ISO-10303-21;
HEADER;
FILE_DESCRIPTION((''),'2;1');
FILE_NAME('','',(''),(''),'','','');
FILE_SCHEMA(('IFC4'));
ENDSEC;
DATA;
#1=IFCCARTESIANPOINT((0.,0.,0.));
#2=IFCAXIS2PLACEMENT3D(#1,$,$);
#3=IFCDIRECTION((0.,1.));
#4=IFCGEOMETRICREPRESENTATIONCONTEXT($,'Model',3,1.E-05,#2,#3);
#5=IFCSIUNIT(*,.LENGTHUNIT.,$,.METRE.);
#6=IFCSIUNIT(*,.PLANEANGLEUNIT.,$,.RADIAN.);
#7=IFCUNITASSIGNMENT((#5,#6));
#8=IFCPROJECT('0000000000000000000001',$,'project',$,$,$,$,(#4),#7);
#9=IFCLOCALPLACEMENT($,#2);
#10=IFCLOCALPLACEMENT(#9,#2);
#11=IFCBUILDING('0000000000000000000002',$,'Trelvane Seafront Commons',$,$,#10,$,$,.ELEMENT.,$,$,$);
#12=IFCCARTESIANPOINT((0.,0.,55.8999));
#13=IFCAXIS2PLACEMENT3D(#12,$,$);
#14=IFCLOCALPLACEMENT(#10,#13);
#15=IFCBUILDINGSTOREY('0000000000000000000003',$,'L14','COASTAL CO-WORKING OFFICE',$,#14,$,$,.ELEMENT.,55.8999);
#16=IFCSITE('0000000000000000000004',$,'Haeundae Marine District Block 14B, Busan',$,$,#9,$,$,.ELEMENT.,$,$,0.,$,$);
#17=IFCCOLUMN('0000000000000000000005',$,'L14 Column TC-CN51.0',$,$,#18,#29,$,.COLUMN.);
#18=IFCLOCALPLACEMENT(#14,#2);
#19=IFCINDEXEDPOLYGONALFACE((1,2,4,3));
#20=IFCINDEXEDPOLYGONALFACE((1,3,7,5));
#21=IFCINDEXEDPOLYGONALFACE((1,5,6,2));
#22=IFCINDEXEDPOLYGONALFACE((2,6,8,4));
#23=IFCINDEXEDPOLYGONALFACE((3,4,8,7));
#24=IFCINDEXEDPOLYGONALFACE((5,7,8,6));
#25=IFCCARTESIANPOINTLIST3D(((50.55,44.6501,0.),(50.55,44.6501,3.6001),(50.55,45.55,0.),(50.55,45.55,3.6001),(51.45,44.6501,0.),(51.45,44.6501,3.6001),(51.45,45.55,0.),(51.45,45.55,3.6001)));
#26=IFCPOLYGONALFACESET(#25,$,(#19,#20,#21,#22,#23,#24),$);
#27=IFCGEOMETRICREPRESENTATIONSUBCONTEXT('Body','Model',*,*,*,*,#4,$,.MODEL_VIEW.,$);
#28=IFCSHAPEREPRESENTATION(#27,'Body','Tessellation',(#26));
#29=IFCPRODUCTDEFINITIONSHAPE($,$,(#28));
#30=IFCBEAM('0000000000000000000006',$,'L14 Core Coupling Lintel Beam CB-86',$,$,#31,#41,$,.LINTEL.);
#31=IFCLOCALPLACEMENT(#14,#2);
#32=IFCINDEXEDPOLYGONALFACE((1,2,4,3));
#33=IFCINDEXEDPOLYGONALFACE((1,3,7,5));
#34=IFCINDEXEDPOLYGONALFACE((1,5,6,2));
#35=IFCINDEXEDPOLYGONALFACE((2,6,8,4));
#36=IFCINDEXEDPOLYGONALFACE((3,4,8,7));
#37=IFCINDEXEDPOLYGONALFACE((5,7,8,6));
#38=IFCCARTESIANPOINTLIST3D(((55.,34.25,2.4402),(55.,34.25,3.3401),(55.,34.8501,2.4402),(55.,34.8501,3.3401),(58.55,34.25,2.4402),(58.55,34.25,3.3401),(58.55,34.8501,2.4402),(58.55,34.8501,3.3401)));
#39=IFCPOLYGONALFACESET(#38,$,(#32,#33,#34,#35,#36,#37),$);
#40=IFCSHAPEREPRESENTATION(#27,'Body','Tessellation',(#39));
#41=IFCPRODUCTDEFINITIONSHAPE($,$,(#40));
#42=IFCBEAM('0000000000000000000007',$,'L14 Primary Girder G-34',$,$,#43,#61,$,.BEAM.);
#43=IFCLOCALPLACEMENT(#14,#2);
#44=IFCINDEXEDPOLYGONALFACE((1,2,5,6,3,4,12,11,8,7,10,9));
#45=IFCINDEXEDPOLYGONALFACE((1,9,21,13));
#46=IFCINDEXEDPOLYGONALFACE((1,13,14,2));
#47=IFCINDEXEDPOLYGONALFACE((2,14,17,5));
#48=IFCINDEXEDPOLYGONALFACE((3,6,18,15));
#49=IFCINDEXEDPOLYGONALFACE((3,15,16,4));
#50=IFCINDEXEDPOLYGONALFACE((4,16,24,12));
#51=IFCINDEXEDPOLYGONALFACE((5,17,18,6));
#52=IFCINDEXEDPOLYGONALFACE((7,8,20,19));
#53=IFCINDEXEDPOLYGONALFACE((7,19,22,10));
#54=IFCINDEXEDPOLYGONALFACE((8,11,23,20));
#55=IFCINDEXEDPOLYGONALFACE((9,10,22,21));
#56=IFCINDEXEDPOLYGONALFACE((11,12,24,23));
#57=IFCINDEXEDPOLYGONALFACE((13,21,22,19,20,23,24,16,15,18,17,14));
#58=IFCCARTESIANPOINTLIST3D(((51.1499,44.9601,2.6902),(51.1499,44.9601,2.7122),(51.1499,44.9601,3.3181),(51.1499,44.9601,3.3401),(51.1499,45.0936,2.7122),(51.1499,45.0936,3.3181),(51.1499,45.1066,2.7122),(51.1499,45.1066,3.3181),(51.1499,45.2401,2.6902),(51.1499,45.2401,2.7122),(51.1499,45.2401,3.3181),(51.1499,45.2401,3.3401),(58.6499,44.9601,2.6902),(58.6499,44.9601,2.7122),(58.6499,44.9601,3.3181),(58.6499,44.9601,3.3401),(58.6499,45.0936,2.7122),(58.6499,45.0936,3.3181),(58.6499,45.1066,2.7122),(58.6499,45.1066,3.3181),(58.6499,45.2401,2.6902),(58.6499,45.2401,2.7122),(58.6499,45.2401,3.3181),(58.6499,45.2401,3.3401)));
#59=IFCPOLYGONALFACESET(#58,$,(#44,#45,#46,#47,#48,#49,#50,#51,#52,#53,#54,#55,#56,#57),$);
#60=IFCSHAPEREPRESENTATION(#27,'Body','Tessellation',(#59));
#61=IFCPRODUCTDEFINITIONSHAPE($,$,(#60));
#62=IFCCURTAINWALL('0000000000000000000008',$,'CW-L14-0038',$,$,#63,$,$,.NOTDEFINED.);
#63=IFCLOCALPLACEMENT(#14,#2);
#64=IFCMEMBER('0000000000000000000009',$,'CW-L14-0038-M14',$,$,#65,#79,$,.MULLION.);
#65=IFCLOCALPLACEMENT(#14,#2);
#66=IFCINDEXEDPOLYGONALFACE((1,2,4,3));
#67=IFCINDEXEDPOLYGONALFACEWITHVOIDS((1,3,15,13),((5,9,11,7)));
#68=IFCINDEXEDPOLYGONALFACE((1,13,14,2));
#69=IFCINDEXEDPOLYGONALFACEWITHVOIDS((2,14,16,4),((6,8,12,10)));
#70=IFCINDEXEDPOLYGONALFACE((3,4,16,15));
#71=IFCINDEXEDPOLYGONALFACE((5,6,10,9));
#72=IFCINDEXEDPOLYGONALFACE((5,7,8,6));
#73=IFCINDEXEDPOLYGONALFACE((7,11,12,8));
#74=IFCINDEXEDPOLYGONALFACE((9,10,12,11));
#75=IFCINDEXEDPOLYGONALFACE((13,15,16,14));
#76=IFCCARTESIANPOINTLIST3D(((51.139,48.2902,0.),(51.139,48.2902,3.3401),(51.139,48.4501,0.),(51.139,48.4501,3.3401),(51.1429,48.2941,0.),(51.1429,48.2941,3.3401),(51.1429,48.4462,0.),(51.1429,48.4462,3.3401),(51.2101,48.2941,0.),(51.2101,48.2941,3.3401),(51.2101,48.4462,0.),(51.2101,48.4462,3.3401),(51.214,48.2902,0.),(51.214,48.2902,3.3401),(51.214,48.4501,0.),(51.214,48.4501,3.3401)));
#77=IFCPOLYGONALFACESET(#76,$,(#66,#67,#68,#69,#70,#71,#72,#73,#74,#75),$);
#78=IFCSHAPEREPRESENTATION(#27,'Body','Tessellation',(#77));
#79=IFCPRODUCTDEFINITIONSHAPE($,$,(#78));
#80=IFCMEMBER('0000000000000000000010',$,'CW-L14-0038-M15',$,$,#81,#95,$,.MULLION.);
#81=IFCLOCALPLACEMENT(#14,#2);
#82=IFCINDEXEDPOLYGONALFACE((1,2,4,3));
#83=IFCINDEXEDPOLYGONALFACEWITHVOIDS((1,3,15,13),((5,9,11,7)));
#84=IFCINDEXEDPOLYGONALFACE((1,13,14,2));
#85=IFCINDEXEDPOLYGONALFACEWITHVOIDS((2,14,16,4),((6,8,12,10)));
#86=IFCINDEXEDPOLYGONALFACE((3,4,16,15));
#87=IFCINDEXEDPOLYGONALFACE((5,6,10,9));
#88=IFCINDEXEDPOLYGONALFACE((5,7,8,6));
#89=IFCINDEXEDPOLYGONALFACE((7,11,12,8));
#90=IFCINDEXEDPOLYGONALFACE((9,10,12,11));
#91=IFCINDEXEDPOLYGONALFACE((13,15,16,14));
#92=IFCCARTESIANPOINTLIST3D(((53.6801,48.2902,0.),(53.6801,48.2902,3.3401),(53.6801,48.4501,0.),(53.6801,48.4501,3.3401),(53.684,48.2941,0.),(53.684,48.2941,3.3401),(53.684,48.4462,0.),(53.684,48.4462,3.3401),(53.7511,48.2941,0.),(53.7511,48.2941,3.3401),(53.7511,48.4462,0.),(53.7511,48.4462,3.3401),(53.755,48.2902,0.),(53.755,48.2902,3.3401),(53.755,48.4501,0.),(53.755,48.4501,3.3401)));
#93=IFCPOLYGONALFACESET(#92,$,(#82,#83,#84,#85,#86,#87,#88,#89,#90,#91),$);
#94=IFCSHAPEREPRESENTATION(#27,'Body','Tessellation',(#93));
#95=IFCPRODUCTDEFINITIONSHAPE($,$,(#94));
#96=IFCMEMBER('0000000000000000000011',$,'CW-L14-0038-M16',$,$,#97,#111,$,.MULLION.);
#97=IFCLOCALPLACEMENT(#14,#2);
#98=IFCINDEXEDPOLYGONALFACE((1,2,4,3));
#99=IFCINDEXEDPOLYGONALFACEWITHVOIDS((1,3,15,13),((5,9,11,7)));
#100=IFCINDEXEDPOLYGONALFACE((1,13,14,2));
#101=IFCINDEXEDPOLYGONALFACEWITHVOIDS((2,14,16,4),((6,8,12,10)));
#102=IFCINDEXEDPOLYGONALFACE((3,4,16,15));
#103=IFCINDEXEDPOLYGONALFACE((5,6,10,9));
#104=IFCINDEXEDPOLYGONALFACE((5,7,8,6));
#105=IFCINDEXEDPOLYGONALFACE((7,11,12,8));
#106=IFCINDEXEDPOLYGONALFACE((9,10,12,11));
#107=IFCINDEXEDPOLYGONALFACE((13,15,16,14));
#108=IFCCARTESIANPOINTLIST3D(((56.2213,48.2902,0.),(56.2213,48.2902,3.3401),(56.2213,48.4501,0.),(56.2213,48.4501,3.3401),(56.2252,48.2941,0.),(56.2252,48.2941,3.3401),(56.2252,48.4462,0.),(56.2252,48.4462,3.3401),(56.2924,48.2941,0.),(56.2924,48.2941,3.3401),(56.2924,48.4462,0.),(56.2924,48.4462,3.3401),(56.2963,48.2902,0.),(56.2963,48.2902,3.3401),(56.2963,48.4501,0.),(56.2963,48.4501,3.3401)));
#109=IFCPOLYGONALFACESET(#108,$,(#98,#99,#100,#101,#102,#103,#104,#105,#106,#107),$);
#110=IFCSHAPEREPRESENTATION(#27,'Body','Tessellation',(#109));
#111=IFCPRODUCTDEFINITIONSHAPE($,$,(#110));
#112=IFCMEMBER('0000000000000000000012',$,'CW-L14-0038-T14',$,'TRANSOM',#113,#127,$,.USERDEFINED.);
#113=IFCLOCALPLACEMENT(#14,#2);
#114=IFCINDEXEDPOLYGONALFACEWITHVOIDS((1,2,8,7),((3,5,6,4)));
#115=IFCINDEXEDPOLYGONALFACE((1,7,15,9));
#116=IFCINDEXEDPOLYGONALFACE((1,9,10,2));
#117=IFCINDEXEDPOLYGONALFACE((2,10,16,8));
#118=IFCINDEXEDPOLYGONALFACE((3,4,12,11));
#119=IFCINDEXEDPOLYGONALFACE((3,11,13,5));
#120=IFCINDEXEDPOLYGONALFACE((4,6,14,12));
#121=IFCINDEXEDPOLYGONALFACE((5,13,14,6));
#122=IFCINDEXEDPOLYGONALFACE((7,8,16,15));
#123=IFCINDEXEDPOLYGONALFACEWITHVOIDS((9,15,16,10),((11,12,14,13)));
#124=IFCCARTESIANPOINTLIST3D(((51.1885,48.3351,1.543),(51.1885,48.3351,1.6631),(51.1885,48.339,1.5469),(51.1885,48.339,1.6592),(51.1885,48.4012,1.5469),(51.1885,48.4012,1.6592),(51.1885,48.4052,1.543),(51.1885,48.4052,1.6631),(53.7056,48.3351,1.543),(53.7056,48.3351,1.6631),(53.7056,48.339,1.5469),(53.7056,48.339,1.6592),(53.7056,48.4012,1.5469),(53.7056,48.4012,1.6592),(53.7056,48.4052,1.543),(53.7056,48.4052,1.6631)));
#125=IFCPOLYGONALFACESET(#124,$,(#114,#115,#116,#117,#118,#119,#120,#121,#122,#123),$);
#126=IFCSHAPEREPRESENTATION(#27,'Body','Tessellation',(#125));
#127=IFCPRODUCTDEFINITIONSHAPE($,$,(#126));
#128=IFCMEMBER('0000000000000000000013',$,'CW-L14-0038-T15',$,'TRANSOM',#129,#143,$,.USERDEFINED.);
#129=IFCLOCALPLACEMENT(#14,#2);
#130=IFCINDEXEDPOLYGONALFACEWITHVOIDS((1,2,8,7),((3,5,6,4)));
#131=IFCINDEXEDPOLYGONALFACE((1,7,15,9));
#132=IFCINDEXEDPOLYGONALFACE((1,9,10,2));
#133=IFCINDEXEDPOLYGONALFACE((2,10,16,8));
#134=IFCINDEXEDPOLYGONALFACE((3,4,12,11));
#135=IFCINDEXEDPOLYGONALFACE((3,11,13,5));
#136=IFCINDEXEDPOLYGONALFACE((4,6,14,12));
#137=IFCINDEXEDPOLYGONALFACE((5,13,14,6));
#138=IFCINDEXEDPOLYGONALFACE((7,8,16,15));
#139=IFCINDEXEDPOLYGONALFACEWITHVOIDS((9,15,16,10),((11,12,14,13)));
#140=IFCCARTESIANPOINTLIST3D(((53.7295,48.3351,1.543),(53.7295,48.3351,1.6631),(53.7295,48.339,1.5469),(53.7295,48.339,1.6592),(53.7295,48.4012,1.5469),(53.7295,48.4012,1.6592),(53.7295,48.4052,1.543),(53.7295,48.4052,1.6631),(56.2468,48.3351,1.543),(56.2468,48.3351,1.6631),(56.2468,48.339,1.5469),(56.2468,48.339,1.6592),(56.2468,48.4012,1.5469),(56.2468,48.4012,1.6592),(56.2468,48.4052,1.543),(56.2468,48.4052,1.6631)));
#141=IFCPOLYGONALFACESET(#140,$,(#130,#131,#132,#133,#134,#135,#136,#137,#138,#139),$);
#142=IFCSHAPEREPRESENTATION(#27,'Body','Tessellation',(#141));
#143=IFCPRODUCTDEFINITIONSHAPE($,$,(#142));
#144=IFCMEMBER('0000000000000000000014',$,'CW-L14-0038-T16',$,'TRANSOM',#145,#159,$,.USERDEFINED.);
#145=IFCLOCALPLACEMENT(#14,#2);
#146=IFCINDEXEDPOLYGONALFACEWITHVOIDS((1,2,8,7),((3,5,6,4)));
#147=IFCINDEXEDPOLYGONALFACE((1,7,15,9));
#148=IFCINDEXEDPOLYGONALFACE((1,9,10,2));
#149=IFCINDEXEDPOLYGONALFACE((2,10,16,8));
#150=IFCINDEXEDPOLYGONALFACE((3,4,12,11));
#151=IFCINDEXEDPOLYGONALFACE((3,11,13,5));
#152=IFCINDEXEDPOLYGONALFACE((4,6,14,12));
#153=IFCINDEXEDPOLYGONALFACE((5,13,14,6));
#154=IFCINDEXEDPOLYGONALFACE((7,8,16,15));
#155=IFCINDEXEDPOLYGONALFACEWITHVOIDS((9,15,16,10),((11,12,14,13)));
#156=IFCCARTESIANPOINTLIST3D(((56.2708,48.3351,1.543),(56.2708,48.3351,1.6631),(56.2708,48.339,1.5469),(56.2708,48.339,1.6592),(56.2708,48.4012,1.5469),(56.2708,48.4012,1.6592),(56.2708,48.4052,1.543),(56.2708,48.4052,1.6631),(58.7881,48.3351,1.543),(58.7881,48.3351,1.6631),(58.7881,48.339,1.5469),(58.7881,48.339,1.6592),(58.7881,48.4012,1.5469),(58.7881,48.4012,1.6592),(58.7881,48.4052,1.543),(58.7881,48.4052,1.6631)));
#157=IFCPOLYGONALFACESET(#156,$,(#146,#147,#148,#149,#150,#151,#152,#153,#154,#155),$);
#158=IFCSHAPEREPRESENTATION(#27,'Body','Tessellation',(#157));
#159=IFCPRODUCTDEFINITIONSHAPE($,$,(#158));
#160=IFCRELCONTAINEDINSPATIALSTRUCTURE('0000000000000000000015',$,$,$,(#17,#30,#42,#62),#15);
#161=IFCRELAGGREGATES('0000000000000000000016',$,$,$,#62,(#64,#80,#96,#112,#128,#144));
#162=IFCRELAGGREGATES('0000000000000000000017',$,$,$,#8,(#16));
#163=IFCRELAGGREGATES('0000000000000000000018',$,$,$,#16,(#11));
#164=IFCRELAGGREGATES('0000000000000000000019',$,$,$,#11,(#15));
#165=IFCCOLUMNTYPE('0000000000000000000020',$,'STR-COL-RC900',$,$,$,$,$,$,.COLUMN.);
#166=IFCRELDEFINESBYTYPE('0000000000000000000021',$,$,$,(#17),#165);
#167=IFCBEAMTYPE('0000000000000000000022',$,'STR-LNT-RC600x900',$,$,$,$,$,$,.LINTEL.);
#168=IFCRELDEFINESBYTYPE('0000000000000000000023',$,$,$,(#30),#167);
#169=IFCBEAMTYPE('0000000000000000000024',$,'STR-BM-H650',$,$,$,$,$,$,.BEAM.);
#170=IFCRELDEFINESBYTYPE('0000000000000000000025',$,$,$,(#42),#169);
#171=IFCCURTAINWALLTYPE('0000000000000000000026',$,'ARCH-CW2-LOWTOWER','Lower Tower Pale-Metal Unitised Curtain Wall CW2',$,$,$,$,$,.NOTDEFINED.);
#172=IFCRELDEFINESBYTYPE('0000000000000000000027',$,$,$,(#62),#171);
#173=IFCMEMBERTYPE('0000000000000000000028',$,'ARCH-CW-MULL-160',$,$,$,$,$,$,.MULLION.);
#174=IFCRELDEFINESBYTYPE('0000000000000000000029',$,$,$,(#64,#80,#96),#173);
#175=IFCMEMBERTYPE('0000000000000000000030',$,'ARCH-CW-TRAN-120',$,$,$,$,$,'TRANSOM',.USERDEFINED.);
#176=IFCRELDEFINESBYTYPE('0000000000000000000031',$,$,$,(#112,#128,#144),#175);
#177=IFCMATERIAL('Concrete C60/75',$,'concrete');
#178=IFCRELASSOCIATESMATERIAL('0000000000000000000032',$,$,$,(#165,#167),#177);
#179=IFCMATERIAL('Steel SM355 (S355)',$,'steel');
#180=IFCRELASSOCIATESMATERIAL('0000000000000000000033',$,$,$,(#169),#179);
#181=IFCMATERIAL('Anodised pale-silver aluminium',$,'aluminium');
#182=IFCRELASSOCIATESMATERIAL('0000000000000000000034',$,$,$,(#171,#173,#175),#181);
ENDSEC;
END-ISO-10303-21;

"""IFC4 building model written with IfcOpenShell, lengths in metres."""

from ifc_helpers import new_model, si_unit, direction, frame, origin, origin_2d, place, context, subcontext, project, spatial, rectangle, hollow_rectangle, i_section, extrude, source, transform, mapped, material, material_profile, profile_set, type_object, element, aggregate, save


model = new_model("IFC4")

# Units and contexts
model_context = context("Model", 3, precision=1e-05, world=origin(), true_north=direction((0.0, 1.0)))
body_context = subcontext(model_context, "Body", "Model", "MODEL_VIEW")
ifc_project = project(units=[si_unit("LENGTHUNIT", "METRE"), si_unit("PLANEANGLEUNIT", "RADIAN")], contexts=[model_context])

# Site, building, storey
site_placement = place(None, origin())
site = spatial("IfcSite", under=ifc_project, at=site_placement, Name="Haeundae Marine District Block 14B, Busan", CompositionType="ELEMENT", RefElevation=0.0)
building_placement = place(site_placement, origin())
building = spatial("IfcBuilding", under=site, at=building_placement, Name="Trelvane Seafront Commons", CompositionType="ELEMENT")
storey_placement = place(building_placement, frame((0.0, 0.0, 55.8999)))
storey = spatial("IfcBuildingStorey", under=building, at=storey_placement, Name="L14", Description="COASTAL CO-WORKING OFFICE", CompositionType="ELEMENT", Elevation=55.8999)

# Column
ifc_material_1 = material(Name="Concrete C60/75", Category="concrete")
ifc_material_profile_1 = material_profile(ifc_material_1, rectangle(XDim=0.8999, YDim=0.8999, at=origin_2d()), Name="RC-900x900")
ifc_profile_set_1 = profile_set([ifc_material_profile_1], Name="Concrete C60/75")
column_type = type_object("IfcColumnType", Name="STR-COL-RC900", PredefinedType="COLUMN", material=ifc_profile_set_1)
shared_shape_1 = source(origin(), body_context, "Body", "SweptSolid", [
    extrude(rectangle(XDim=0.8999, YDim=0.8999, at=origin_2d()), origin(), (0.0, 0.0, 1.0), 3.6001),
])
column_placement = place(storey_placement, frame((51.0, 45.1001, 0.0), z_axis=(0.0, 0.0, 1.0), x_axis=(1.0, 0.0, 0.0)))
element("IfcColumn", 1, at=column_placement, inside=storey, type_object=column_type, Name="L14 Column TC-CN51.0", PredefinedType="COLUMN", context=body_context, shape_type="MappedRepresentation", body=[
    mapped(shared_shape_1, transform((0.0, 0.0, 0.0), x_axis=(1.0, 0.0, 0.0), y_axis=(0.0, 1.0, 0.0), z_axis=(0.0, 0.0, 1.0), scale=1.0)),
])

# Beams
ifc_material_profile_2 = material_profile(ifc_material_1, rectangle(XDim=0.6001, YDim=0.8999, at=origin_2d()), Name="RC-600x900")
ifc_profile_set_2 = profile_set([ifc_material_profile_2], Name="Concrete C60/75")
beam_type_1 = type_object("IfcBeamType", Name="STR-LNT-RC600x900", PredefinedType="LINTEL", material=ifc_profile_set_2)
shared_shape_2 = source(origin(), body_context, "Body", "SweptSolid", [
    extrude(rectangle(XDim=0.6001, YDim=0.8999, at=origin_2d()), origin(), (0.0, 0.0, 1.0), 3.55),
])
beam_1_placement = place(storey_placement, frame((55.0, 34.55, 2.8901), z_axis=(1.0, 0.0, 0.0), x_axis=(0.0, 1.0, 0.0)))
element("IfcBeam", 2, at=beam_1_placement, inside=storey, type_object=beam_type_1, Name="L14 Core Coupling Lintel Beam CB-86", PredefinedType="LINTEL", context=body_context, shape_type="MappedRepresentation", body=[
    mapped(shared_shape_2, transform((0.0, 0.0, 0.0), x_axis=(1.0, 0.0, 0.0), y_axis=(0.0, 1.0, 0.0), z_axis=(0.0, 0.0, 1.0), scale=1.0)),
])
ifc_material_2 = material(Name="Steel SM355 (S355)", Category="steel")
ifc_material_profile_3 = material_profile(ifc_material_2, i_section(OverallWidth=0.28, OverallDepth=0.6499, WebThickness=0.0129, FlangeThickness=0.022, at=origin_2d()), Name="H-650x280x13x22")
ifc_profile_set_3 = profile_set([ifc_material_profile_3], Name="Steel SM355 (S355)")
beam_type_2 = type_object("IfcBeamType", Name="STR-BM-H650", PredefinedType="BEAM", material=ifc_profile_set_3)
shared_shape_3 = source(origin(), body_context, "Body", "SweptSolid", [
    extrude(i_section(OverallWidth=0.28, OverallDepth=0.6499, WebThickness=0.0129, FlangeThickness=0.022, at=origin_2d()), origin(), (0.0, 0.0, 1.0), 7.5),
])
beam_2_placement = place(storey_placement, frame((51.1499, 45.1001, 3.0151), z_axis=(1.0, 0.0, 0.0), x_axis=(0.0, 1.0, 0.0)))
element("IfcBeam", 3, at=beam_2_placement, inside=storey, type_object=beam_type_2, Name="L14 Primary Girder G-34", PredefinedType="BEAM", context=body_context, shape_type="MappedRepresentation", body=[
    mapped(shared_shape_3, transform((0.0, 0.0, 0.0), x_axis=(1.0, 0.0, 0.0), y_axis=(0.0, 1.0, 0.0), z_axis=(0.0, 0.0, 1.0), scale=1.0)),
])

# Curtain wall, members
ifc_material_3 = material(Name="Anodised pale-silver aluminium", Category="aluminium")
curtain_wall_type = type_object("IfcCurtainWallType", Name="ARCH-CW2-LOWTOWER", Description="Lower Tower Pale-Metal Unitised Curtain Wall CW2", PredefinedType="NOTDEFINED", material=ifc_material_3)
curtain_wall_placement = place(storey_placement, origin())
curtain_wall = element("IfcCurtainWall", 4, at=curtain_wall_placement, inside=storey, type_object=curtain_wall_type, Name="CW-L14-0038", PredefinedType="NOTDEFINED")
ifc_material_profile_4 = material_profile(ifc_material_3, hollow_rectangle(XDim=0.075, YDim=0.1599, WallThickness=0.0039, at=origin_2d()), Name="MULL-75x160x4")
ifc_profile_set_4 = profile_set([ifc_material_profile_4], Name="Anodised pale-silver aluminium")
member_type_1 = type_object("IfcMemberType", Name="ARCH-CW-MULL-160", PredefinedType="MULLION", material=ifc_profile_set_4)
shared_shape_4 = source(origin(), body_context, "Body", "SweptSolid", [
    extrude(hollow_rectangle(XDim=0.075, YDim=0.1599, WallThickness=0.0039, at=origin_2d()), origin(), (0.0, 0.0, 1.0), 3.3401),
])
member_1_placement = place(storey_placement, frame((51.1765, 48.3701, 0.0), z_axis=(0.0, 0.0, 1.0), x_axis=(1.0, 0.0, 0.0)))
member_1 = element("IfcMember", 5, at=member_1_placement, type_object=member_type_1, Name="CW-L14-0038-M14", PredefinedType="MULLION", context=body_context, shape_type="MappedRepresentation", body=[
    mapped(shared_shape_4, transform((0.0, 0.0, 0.0), x_axis=(1.0, 0.0, 0.0), y_axis=(0.0, 1.0, 0.0), z_axis=(0.0, 0.0, 1.0), scale=1.0)),
])
member_2_placement = place(storey_placement, frame((53.7175, 48.3701, 0.0), z_axis=(0.0, 0.0, 1.0), x_axis=(1.0, 0.0, 0.0)))
member_2 = element("IfcMember", 6, at=member_2_placement, type_object=member_type_1, Name="CW-L14-0038-M15", PredefinedType="MULLION", context=body_context, shape_type="MappedRepresentation", body=[
    mapped(shared_shape_4, transform((0.0, 0.0, 0.0), x_axis=(1.0, 0.0, 0.0), y_axis=(0.0, 1.0, 0.0), z_axis=(0.0, 0.0, 1.0), scale=1.0)),
])
member_3_placement = place(storey_placement, frame((56.2588, 48.3701, 0.0), z_axis=(0.0, 0.0, 1.0), x_axis=(1.0, 0.0, 0.0)))
member_3 = element("IfcMember", 7, at=member_3_placement, type_object=member_type_1, Name="CW-L14-0038-M16", PredefinedType="MULLION", context=body_context, shape_type="MappedRepresentation", body=[
    mapped(shared_shape_4, transform((0.0, 0.0, 0.0), x_axis=(1.0, 0.0, 0.0), y_axis=(0.0, 1.0, 0.0), z_axis=(0.0, 0.0, 1.0), scale=1.0)),
])
ifc_material_profile_5 = material_profile(ifc_material_3, hollow_rectangle(XDim=0.0701, YDim=0.1201, WallThickness=0.0039, at=origin_2d()), Name="TRAN-70x120x4")
ifc_profile_set_5 = profile_set([ifc_material_profile_5], Name="Anodised pale-silver aluminium")
member_type_2 = type_object("IfcMemberType", Name="ARCH-CW-TRAN-120", ElementType="TRANSOM", PredefinedType="USERDEFINED", material=ifc_profile_set_5)
shared_shape_5 = source(origin(), body_context, "Body", "SweptSolid", [
    extrude(hollow_rectangle(XDim=0.0701, YDim=0.1201, WallThickness=0.0039, at=origin_2d()), origin(), (0.0, 0.0, 1.0), 2.5171),
])
member_4_placement = place(storey_placement, frame((51.1885, 48.3701, 1.603), z_axis=(1.0, 0.0, 0.0), x_axis=(0.0, 1.0, 0.0)))
member_4 = element("IfcMember", 8, at=member_4_placement, type_object=member_type_2, Name="CW-L14-0038-T14", ObjectType="TRANSOM", PredefinedType="USERDEFINED", context=body_context, shape_type="MappedRepresentation", body=[
    mapped(shared_shape_5, transform((0.0, 0.0, 0.0), x_axis=(1.0, 0.0, 0.0), y_axis=(0.0, 1.0, 0.0), z_axis=(0.0, 0.0, 1.0), scale=1.0)),
])
shared_shape_6 = source(origin(), body_context, "Body", "SweptSolid", [
    extrude(hollow_rectangle(XDim=0.0701, YDim=0.1201, WallThickness=0.0039, at=origin_2d()), origin(), (0.0, 0.0, 1.0), 2.5173),
])
member_5_placement = place(storey_placement, frame((53.7295, 48.3701, 1.603), z_axis=(1.0, 0.0, 0.0), x_axis=(0.0, 1.0, 0.0)))
member_5 = element("IfcMember", 9, at=member_5_placement, type_object=member_type_2, Name="CW-L14-0038-T15", ObjectType="TRANSOM", PredefinedType="USERDEFINED", context=body_context, shape_type="MappedRepresentation", body=[
    mapped(shared_shape_6, transform((0.0, 0.0, 0.0), x_axis=(1.0, 0.0, 0.0), y_axis=(0.0, 1.0, 0.0), z_axis=(0.0, 0.0, 1.0), scale=1.0)),
])
member_6_placement = place(storey_placement, frame((56.2708, 48.3701, 1.603), z_axis=(1.0, 0.0, 0.0), x_axis=(0.0, 1.0, 0.0)))
member_6 = element("IfcMember", 10, at=member_6_placement, type_object=member_type_2, Name="CW-L14-0038-T16", ObjectType="TRANSOM", PredefinedType="USERDEFINED", context=body_context, shape_type="MappedRepresentation", body=[
    mapped(shared_shape_6, transform((0.0, 0.0, 0.0), x_axis=(1.0, 0.0, 0.0), y_axis=(0.0, 1.0, 0.0), z_axis=(0.0, 0.0, 1.0), scale=1.0)),
])
aggregate(curtain_wall, [member_1, member_2, member_3, member_4, member_5, member_6])

save(model, "model.ifc")
